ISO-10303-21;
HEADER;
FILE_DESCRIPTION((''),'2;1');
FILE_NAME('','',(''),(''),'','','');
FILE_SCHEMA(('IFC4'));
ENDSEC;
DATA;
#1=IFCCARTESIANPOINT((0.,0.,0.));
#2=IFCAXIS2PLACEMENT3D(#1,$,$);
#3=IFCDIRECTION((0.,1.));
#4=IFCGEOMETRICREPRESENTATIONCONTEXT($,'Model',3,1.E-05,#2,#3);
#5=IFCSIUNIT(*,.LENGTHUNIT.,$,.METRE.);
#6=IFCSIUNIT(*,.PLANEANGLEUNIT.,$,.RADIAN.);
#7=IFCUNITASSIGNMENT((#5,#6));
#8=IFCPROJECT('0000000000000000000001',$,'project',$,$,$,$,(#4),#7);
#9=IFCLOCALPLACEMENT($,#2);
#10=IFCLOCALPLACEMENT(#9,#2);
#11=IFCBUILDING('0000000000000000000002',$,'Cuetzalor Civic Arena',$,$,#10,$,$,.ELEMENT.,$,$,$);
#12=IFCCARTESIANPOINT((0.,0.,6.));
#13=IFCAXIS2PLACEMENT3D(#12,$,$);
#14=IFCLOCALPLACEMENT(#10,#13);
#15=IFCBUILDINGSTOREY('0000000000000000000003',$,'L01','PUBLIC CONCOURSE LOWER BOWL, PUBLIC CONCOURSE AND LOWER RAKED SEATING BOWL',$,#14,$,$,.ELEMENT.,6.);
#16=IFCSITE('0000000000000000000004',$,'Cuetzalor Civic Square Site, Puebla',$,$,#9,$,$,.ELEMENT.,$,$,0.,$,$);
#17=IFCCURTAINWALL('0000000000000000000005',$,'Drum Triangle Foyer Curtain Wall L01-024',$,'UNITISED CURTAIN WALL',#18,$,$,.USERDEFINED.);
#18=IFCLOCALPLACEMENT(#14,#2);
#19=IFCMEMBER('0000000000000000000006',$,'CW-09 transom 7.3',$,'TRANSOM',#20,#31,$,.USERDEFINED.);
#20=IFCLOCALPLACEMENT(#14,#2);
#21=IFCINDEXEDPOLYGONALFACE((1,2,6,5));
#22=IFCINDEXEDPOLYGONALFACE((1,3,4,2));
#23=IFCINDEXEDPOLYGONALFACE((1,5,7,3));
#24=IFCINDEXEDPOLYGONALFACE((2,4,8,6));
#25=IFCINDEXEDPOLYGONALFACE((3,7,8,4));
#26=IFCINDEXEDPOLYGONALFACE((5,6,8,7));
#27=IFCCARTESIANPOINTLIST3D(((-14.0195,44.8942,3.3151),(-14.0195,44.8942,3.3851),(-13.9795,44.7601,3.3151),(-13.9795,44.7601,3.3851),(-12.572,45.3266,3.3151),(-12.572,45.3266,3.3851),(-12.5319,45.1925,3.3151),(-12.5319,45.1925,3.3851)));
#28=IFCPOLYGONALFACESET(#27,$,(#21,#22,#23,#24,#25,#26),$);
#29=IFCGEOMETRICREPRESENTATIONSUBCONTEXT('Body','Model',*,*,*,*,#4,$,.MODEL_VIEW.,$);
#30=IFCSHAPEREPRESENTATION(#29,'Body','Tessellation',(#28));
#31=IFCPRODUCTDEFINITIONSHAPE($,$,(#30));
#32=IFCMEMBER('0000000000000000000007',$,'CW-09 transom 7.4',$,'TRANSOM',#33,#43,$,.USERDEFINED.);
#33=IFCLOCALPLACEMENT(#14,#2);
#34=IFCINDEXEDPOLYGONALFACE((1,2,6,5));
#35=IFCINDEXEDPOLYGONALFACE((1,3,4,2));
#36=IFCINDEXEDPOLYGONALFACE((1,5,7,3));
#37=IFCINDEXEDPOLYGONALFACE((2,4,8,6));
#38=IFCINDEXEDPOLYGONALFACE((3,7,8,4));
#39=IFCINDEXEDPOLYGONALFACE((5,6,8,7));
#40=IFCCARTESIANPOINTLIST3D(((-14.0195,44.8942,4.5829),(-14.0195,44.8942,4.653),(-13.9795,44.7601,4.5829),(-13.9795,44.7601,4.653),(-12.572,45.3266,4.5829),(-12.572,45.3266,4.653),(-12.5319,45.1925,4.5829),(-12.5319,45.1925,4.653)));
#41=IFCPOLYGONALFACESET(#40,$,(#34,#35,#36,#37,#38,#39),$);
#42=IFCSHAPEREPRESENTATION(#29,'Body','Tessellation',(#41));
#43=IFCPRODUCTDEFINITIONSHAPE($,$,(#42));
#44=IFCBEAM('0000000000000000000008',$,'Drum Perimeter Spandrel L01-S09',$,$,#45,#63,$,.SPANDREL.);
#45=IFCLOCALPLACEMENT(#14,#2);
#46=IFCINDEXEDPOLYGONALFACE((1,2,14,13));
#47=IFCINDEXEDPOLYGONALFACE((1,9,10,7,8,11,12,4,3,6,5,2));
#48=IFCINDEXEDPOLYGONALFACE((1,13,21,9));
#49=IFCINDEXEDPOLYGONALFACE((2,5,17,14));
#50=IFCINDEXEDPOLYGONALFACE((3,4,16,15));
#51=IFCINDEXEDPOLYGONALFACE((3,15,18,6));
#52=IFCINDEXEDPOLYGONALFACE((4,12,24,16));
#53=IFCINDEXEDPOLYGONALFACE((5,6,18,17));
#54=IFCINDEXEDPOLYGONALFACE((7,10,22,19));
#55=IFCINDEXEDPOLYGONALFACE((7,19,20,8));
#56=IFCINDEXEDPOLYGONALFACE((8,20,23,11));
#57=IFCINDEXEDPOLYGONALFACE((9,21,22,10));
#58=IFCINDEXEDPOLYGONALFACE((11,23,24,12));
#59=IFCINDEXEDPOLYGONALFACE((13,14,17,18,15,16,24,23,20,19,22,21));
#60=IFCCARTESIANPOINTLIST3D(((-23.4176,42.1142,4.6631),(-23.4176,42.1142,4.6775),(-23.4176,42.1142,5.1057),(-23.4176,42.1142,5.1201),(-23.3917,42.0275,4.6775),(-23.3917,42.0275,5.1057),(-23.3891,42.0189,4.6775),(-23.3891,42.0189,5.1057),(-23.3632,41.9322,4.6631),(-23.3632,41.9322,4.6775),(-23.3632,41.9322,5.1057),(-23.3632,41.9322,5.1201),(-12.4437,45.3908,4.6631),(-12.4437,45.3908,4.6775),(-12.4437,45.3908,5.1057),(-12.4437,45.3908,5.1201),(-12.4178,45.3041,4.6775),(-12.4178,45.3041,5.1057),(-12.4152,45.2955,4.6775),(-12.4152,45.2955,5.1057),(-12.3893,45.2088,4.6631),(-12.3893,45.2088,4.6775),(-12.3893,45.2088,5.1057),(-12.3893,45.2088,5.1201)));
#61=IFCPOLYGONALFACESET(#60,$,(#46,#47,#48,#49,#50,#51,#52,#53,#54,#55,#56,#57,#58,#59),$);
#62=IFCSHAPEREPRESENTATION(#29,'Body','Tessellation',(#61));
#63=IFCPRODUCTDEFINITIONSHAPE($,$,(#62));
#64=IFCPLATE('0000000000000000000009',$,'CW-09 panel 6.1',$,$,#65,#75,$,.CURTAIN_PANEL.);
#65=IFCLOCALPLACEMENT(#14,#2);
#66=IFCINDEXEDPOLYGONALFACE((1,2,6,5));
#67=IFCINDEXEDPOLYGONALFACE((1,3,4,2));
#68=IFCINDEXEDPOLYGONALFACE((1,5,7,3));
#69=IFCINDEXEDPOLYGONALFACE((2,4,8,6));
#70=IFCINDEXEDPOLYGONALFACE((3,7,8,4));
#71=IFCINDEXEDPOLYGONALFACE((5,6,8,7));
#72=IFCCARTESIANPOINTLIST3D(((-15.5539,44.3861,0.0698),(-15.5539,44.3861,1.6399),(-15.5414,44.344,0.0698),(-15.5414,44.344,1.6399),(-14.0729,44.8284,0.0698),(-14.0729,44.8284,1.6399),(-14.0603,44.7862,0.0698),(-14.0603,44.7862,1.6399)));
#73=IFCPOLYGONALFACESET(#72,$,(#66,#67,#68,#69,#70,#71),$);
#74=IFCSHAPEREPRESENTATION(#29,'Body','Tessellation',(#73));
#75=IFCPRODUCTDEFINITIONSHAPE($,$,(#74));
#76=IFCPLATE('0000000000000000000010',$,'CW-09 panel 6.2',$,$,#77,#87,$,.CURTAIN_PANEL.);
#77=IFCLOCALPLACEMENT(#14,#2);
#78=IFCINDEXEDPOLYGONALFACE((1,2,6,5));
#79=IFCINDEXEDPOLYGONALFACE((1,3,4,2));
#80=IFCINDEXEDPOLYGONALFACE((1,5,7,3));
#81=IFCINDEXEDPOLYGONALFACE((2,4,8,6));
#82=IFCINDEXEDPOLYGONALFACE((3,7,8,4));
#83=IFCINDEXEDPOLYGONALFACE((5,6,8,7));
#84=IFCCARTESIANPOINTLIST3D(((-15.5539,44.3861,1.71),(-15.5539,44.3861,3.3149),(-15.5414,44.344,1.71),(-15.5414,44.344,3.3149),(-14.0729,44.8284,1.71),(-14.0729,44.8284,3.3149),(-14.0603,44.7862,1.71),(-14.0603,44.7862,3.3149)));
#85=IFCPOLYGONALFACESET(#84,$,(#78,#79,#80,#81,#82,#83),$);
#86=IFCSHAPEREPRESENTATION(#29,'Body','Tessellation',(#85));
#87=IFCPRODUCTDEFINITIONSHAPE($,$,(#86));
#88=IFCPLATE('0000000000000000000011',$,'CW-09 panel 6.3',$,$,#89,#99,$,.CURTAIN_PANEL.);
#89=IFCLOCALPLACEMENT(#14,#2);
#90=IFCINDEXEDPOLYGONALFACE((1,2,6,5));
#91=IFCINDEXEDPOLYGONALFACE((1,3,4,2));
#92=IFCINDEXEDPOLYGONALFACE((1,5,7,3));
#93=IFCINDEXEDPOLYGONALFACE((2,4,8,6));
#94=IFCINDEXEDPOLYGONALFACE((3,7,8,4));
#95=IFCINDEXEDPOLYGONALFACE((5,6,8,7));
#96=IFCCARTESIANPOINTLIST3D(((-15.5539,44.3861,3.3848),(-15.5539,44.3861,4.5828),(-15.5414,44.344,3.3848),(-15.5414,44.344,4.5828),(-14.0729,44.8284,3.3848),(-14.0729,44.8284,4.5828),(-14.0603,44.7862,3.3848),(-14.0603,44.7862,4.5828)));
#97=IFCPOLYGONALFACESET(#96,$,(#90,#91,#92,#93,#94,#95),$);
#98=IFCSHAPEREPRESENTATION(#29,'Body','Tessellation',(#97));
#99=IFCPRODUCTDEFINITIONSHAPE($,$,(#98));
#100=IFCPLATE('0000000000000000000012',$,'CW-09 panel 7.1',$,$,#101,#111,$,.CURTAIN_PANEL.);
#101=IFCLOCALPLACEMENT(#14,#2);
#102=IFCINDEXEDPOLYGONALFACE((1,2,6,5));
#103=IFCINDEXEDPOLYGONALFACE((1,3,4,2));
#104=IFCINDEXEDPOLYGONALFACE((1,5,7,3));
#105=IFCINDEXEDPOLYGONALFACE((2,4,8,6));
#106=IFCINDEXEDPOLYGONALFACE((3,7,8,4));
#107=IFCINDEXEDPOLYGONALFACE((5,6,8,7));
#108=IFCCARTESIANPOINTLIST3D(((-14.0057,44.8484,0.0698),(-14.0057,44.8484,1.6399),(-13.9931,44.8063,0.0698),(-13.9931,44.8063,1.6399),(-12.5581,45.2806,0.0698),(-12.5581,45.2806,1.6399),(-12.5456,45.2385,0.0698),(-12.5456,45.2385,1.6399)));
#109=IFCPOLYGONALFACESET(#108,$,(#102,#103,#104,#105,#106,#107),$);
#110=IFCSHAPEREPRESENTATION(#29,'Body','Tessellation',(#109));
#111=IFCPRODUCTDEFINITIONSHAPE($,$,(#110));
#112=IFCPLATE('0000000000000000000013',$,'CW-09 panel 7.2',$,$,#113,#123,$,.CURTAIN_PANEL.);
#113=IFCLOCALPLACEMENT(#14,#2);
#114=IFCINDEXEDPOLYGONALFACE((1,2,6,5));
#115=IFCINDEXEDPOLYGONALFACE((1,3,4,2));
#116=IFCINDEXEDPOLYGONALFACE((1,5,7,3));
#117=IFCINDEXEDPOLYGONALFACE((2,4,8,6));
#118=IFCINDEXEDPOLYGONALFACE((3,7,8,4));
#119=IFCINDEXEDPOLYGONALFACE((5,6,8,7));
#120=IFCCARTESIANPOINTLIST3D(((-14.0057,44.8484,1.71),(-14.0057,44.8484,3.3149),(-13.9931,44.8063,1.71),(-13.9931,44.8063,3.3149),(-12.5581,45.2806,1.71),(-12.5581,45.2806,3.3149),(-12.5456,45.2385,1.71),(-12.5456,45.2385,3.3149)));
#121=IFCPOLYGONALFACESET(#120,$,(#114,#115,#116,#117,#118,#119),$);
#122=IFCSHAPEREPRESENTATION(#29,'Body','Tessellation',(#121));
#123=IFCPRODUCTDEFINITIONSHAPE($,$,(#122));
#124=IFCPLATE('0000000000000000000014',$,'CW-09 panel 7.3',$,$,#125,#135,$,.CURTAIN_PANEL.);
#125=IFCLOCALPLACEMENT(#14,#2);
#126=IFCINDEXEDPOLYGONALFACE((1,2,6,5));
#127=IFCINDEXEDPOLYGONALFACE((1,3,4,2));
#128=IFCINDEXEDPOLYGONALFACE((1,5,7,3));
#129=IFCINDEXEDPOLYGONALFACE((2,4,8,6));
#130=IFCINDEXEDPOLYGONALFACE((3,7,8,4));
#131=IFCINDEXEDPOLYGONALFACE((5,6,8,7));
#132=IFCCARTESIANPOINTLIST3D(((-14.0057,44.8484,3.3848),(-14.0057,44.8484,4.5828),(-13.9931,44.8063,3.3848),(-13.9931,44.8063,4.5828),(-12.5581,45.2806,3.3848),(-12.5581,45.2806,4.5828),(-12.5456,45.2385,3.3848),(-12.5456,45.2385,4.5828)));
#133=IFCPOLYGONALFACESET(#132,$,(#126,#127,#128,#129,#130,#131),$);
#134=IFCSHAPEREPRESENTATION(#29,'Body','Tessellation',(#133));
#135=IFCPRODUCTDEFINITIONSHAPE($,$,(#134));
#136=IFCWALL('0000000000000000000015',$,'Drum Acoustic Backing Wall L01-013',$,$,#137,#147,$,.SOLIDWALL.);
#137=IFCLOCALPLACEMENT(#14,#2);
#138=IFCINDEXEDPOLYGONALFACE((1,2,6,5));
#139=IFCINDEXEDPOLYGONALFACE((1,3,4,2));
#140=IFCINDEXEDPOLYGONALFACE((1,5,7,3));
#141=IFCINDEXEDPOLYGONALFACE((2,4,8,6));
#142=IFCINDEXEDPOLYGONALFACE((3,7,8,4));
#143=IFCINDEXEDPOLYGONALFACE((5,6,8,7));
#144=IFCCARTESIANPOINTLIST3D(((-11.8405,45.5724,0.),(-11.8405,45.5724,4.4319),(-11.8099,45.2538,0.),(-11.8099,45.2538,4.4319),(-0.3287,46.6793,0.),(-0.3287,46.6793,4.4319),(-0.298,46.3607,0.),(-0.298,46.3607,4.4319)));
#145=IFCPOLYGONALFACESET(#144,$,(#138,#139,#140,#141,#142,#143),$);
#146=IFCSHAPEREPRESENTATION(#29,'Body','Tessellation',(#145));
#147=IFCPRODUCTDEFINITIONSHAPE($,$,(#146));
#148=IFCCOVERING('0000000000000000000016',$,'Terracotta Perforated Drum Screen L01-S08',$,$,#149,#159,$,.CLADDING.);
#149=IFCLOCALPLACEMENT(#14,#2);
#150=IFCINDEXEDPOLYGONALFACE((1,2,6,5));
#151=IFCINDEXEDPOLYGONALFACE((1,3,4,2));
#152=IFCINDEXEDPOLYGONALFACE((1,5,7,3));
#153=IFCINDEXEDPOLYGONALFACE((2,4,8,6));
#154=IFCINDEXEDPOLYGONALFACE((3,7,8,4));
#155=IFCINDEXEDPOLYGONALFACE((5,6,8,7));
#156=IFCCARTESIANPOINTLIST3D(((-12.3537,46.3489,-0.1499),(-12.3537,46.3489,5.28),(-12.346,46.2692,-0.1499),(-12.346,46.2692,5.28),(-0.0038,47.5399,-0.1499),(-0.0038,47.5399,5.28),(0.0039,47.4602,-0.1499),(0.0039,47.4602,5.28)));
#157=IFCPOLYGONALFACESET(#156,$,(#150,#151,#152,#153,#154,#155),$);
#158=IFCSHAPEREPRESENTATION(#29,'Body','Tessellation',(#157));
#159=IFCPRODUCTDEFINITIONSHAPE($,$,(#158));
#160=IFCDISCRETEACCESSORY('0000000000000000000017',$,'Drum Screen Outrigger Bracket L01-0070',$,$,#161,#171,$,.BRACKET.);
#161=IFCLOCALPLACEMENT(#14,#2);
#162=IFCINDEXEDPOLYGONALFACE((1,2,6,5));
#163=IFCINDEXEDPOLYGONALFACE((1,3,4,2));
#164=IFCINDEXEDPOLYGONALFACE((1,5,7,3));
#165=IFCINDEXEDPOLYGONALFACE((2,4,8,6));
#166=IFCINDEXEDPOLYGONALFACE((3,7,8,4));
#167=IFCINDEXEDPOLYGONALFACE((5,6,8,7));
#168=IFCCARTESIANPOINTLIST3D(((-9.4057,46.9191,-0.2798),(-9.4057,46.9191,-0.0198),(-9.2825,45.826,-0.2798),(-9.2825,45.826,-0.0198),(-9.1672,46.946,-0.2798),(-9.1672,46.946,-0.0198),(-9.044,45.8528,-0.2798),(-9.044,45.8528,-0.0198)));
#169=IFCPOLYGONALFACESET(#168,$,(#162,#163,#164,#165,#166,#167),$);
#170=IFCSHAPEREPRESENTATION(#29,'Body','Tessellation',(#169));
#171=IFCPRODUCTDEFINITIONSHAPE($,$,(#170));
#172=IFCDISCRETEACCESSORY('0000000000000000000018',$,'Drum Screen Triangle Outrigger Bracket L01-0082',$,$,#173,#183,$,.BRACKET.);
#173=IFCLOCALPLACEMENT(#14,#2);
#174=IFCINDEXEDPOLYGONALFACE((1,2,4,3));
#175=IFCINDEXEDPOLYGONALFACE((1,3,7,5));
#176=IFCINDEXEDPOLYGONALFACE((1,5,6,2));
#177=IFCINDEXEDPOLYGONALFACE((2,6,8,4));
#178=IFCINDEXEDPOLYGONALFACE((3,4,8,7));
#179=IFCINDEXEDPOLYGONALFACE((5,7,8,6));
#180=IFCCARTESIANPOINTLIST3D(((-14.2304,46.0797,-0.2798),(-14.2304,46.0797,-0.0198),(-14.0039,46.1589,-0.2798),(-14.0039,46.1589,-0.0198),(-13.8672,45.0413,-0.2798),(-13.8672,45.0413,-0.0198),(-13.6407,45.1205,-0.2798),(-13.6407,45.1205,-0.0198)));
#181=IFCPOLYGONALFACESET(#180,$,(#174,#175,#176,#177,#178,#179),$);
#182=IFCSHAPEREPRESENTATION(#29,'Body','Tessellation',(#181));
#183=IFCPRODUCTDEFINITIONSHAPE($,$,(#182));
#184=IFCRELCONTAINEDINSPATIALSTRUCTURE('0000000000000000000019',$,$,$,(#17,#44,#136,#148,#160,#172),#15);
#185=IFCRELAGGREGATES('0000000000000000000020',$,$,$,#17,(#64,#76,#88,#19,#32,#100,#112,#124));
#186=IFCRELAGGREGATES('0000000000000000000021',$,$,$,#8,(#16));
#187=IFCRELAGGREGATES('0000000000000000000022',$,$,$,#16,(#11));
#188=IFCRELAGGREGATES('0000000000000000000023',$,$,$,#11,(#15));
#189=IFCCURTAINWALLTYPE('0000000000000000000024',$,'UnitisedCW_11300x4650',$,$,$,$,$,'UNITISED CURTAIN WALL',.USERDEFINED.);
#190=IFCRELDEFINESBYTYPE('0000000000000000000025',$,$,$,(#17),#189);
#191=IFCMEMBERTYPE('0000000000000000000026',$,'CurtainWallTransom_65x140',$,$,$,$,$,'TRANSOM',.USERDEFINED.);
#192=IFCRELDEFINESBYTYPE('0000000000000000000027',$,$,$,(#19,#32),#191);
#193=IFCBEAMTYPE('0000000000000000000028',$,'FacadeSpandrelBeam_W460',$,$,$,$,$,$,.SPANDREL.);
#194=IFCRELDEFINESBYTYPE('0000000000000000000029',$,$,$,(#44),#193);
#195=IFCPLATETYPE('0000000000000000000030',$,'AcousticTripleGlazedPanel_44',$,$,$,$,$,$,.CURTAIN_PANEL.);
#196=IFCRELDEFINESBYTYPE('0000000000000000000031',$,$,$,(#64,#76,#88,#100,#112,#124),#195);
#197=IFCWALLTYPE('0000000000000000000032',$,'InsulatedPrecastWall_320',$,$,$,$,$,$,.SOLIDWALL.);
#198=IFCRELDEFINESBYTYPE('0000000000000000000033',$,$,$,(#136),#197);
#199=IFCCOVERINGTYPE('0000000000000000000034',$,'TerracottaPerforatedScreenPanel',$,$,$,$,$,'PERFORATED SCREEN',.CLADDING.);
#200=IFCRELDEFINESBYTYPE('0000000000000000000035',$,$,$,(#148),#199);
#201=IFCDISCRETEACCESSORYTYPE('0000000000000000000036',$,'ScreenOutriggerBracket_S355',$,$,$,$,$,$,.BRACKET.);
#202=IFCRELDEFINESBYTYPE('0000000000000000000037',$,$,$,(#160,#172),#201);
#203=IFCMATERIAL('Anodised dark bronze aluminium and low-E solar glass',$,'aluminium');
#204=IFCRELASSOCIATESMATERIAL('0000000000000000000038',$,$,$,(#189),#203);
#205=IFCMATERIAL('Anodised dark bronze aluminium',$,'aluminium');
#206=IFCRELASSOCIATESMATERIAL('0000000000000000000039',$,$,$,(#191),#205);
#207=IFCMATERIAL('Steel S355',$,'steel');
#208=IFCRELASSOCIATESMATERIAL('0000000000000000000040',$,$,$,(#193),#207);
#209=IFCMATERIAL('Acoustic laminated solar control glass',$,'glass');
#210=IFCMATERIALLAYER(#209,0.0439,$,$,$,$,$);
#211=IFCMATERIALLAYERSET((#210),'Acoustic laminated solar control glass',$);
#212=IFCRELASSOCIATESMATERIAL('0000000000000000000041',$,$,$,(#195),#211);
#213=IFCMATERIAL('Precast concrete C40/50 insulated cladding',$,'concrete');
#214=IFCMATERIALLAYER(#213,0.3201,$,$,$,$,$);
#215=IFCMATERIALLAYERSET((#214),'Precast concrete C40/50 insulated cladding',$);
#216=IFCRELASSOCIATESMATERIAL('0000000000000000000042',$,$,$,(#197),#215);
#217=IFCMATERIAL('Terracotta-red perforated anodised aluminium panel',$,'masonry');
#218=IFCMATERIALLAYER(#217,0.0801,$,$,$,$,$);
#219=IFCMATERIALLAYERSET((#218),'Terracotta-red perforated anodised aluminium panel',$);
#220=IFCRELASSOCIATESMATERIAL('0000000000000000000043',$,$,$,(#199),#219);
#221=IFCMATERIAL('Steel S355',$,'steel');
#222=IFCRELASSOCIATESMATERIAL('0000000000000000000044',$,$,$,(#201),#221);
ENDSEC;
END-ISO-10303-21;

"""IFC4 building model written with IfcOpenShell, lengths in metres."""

from ifc_helpers import new_model, si_unit, direction, frame, frame_2d, origin, origin_2d, place, context, subcontext, project, spatial, rectangle, i_section, extrude, material, layer, layer_set, material_profile, profile_set, type_object, element, aggregate, save


model = new_model("IFC4")

# Units and contexts
model_context = context("Model", 3, precision=1e-05, world=origin(), true_north=direction((0.0, 1.0)))
body_context = subcontext(model_context, "Body", "Model", "MODEL_VIEW")
ifc_project = project(units=[si_unit("LENGTHUNIT", "METRE"), si_unit("PLANEANGLEUNIT", "RADIAN")], contexts=[model_context])

# Site, building, storey
site_placement = place(None, origin())
site = spatial("IfcSite", under=ifc_project, at=site_placement, Name="Cuetzalor Civic Square Site, Puebla", CompositionType="ELEMENT", RefElevation=0.0)
building_placement = place(site_placement, origin())
building = spatial("IfcBuilding", under=site, at=building_placement, Name="Cuetzalor Civic Arena", CompositionType="ELEMENT")
storey_placement = place(building_placement, frame((0.0, 0.0, 6.0)))
storey = spatial("IfcBuildingStorey", under=building, at=storey_placement, Name="L01", Description="PUBLIC CONCOURSE LOWER BOWL, PUBLIC CONCOURSE AND LOWER RAKED SEATING BOWL", CompositionType="ELEMENT", Elevation=6.0)

# Curtain wall, members
ifc_material_1 = material(Name="Anodised dark bronze aluminium and low-E solar glass", Category="aluminium")
curtain_wall_type = type_object("IfcCurtainWallType", Name="UnitisedCW_11300x4650", ElementType="UNITISED CURTAIN WALL", PredefinedType="USERDEFINED", material=ifc_material_1)
curtain_wall_placement = place(storey_placement, origin())
curtain_wall = element("IfcCurtainWall", 1, at=curtain_wall_placement, inside=storey, type_object=curtain_wall_type, Name="Drum Triangle Foyer Curtain Wall L01-024", ObjectType="UNITISED CURTAIN WALL", PredefinedType="USERDEFINED")
ifc_material_2 = material(Name="Anodised dark bronze aluminium", Category="aluminium")
ifc_material_profile_1 = material_profile(ifc_material_2, rectangle(XDim=0.1399, YDim=0.0701, at=origin_2d()), Name="ALU TRANSOM 70x140")
ifc_profile_set_1 = profile_set([ifc_material_profile_1], Name="Anodised dark bronze aluminium")
member_type_1 = type_object("IfcMemberType", Name="CurtainWallTransom_65x140", ElementType="TRANSOM", PredefinedType="USERDEFINED", material=ifc_profile_set_1)
member_1_placement = place(storey_placement, frame((-13.9995, 44.8271, 3.3501), z_axis=(0.958168, 0.286206, 0.0), x_axis=(-0.286206, 0.958168, 0.0)))
member_1 = element("IfcMember", 2, at=member_1_placement, type_object=member_type_1, Name="CW-09 transom 7.3", ObjectType="TRANSOM", PredefinedType="USERDEFINED", context=body_context, shape_type="SweptSolid", body=[
    extrude(rectangle(XDim=0.1399, YDim=0.0701, at=origin_2d()), origin(), (0.0, 0.0, 1.0), 1.5107),
])
member_2_placement = place(storey_placement, frame((-13.9995, 44.8271, 4.6179), z_axis=(0.958168, 0.286206, 0.0), x_axis=(-0.286206, 0.958168, 0.0)))
member_2 = element("IfcMember", 3, at=member_2_placement, type_object=member_type_1, Name="CW-09 transom 7.4", ObjectType="TRANSOM", PredefinedType="USERDEFINED", context=body_context, shape_type="SweptSolid", body=[
    extrude(rectangle(XDim=0.1399, YDim=0.0701, at=origin_2d()), origin(), (0.0, 0.0, 1.0), 1.5107),
])

# Beam
ifc_material_3 = material(Name="Steel S355", Category="steel")
ifc_material_profile_2 = material_profile(ifc_material_3, i_section(OverallWidth=0.1899, OverallDepth=0.457, WebThickness=0.009, FlangeThickness=0.0144, at=origin_2d()), Name="W460x74")
ifc_profile_set_2 = profile_set([ifc_material_profile_2], Name="Steel S355")
beam_type = type_object("IfcBeamType", Name="FacadeSpandrelBeam_W460", PredefinedType="SPANDREL", material=ifc_profile_set_2)
beam_placement = place(storey_placement, frame((-12.4165, 45.2998, 4.8916), z_axis=(-0.958199, -0.286102, 0.0), x_axis=(0.286102, -0.958199, 0.0)))
element("IfcBeam", 4, at=beam_placement, inside=storey, type_object=beam_type, Name="Drum Perimeter Spandrel L01-S09", PredefinedType="SPANDREL", context=body_context, shape_type="SweptSolid", body=[
    extrude(i_section(OverallWidth=0.1899, OverallDepth=0.457, WebThickness=0.009, FlangeThickness=0.0144, at=origin_2d()), origin(), (0.0, 0.0, 1.0), 11.4526),
])

# Plates
ifc_material_4 = material(Name="Acoustic laminated solar control glass", Category="glass")
ifc_layer_1 = layer(ifc_material_4, 0.0439)
ifc_layer_set_1 = layer_set([ifc_layer_1], Name="Acoustic laminated solar control glass")
plate_type = type_object("IfcPlateType", Name="AcousticTripleGlazedPanel_44", PredefinedType="CURTAIN_PANEL", material=ifc_layer_set_1)
plate_1_placement = place(storey_placement, frame((-14.8071, 44.5862, 0.0698), z_axis=(0.0, 0.0, 1.0), x_axis=(0.958194, 0.28612, 0.0)))
plate_1 = element("IfcPlate", 5, at=plate_1_placement, type_object=plate_type, Name="CW-09 panel 6.1", PredefinedType="CURTAIN_PANEL", context=body_context, shape_type="SweptSolid", body=[
    extrude(rectangle(XDim=1.5457, YDim=0.0439, at=origin_2d()), origin(), (0.0, 0.0, 1.0), 1.5701),
])
plate_2_placement = place(storey_placement, frame((-14.8071, 44.5862, 1.71), z_axis=(0.0, 0.0, 1.0), x_axis=(0.958194, 0.28612, 0.0)))
plate_2 = element("IfcPlate", 6, at=plate_2_placement, type_object=plate_type, Name="CW-09 panel 6.2", PredefinedType="CURTAIN_PANEL", context=body_context, shape_type="SweptSolid", body=[
    extrude(rectangle(XDim=1.5457, YDim=0.0439, at=origin_2d()), origin(), (0.0, 0.0, 1.0), 1.605),
])
plate_3_placement = place(storey_placement, frame((-14.8071, 44.5862, 3.3848), z_axis=(0.0, 0.0, 1.0), x_axis=(0.958194, 0.28612, 0.0)))
plate_3 = element("IfcPlate", 7, at=plate_3_placement, type_object=plate_type, Name="CW-09 panel 6.3", PredefinedType="CURTAIN_PANEL", context=body_context, shape_type="SweptSolid", body=[
    extrude(rectangle(XDim=1.5457, YDim=0.0439, at=origin_2d()), origin(), (0.0, 0.0, 1.0), 1.198),
])
plate_4_placement = place(storey_placement, frame((-13.2756, 45.0435, 0.0698), z_axis=(0.0, 0.0, 1.0), x_axis=(0.958194, 0.28612, 0.0)))
plate_4 = element("IfcPlate", 8, at=plate_4_placement, type_object=plate_type, Name="CW-09 panel 7.1", PredefinedType="CURTAIN_PANEL", context=body_context, shape_type="SweptSolid", body=[
    extrude(rectangle(XDim=1.5107, YDim=0.0439, at=origin_2d()), origin(), (0.0, 0.0, 1.0), 1.5701),
])
plate_5_placement = place(storey_placement, frame((-13.2756, 45.0435, 1.71), z_axis=(0.0, 0.0, 1.0), x_axis=(0.958194, 0.28612, 0.0)))
plate_5 = element("IfcPlate", 9, at=plate_5_placement, type_object=plate_type, Name="CW-09 panel 7.2", PredefinedType="CURTAIN_PANEL", context=body_context, shape_type="SweptSolid", body=[
    extrude(rectangle(XDim=1.5107, YDim=0.0439, at=origin_2d()), origin(), (0.0, 0.0, 1.0), 1.605),
])
plate_6_placement = place(storey_placement, frame((-13.2756, 45.0435, 3.3848), z_axis=(0.0, 0.0, 1.0), x_axis=(0.958194, 0.28612, 0.0)))
plate_6 = element("IfcPlate", 10, at=plate_6_placement, type_object=plate_type, Name="CW-09 panel 7.3", PredefinedType="CURTAIN_PANEL", context=body_context, shape_type="SweptSolid", body=[
    extrude(rectangle(XDim=1.5107, YDim=0.0439, at=origin_2d()), origin(), (0.0, 0.0, 1.0), 1.198),
])
aggregate(curtain_wall, [plate_1, plate_2, plate_3, member_1, member_2, plate_4, plate_5, plate_6])

# Wall
ifc_material_5 = material(Name="Precast concrete C40/50 insulated cladding", Category="concrete")
ifc_layer_2 = layer(ifc_material_5, 0.3201)
ifc_layer_set_2 = layer_set([ifc_layer_2], Name="Precast concrete C40/50 insulated cladding")
wall_type = type_object("IfcWallType", Name="InsulatedPrecastWall_320", PredefinedType="SOLIDWALL", material=ifc_layer_set_2)
wall_placement = place(storey_placement, frame((-11.8252, 45.4131, 0.0), z_axis=(0.0, 0.0, 1.0), x_axis=(0.995409, 0.095714, 0.0)))
element("IfcWall", 11, at=wall_placement, inside=storey, type_object=wall_type, Name="Drum Acoustic Backing Wall L01-013", PredefinedType="SOLIDWALL", context=body_context, shape_type="SweptSolid", body=[
    extrude(rectangle(XDim=11.5649, YDim=0.3201, at=frame_2d((5.7825, 0.0))), origin(), (0.0, 0.0, 1.0), 4.4319),
])

# Covering
ifc_material_6 = material(Name="Terracotta-red perforated anodised aluminium panel", Category="masonry")
ifc_layer_3 = layer(ifc_material_6, 0.0801)
ifc_layer_set_3 = layer_set([ifc_layer_3], Name="Terracotta-red perforated anodised aluminium panel")
covering_type = type_object("IfcCoveringType", Name="TerracottaPerforatedScreenPanel", ElementType="PERFORATED SCREEN", PredefinedType="CLADDING", material=ifc_layer_set_3)
covering_placement = place(storey_placement, frame((-12.3499, 46.3091, -0.1499), z_axis=(0.0, 0.0, 1.0), x_axis=(0.995383, 0.095986, 0.0)))
element("IfcCovering", 12, at=covering_placement, inside=storey, type_object=covering_type, Name="Terracotta Perforated Drum Screen L01-S08", PredefinedType="CLADDING", context=body_context, shape_type="SweptSolid", body=[
    extrude(rectangle(XDim=12.4072, YDim=0.0801, at=frame_2d((6.2036, 0.0))), origin(), (0.0, 0.0, 1.0), 5.4299),
])

# Discrete accessories
ifc_material_7 = material(Name="Steel S355", Category="steel")
discrete_accessory_type = type_object("IfcDiscreteAccessoryType", Name="ScreenOutriggerBracket_S355", PredefinedType="BRACKET", material=ifc_material_7)
for number, where, z_axis, x_axis, name in (
    (13, (-9.2249, 46.386, -0.2798), (0.0, 0.0, 1.0), (-0.111989, 0.993709, 0.0), "Drum Screen Outrigger Bracket L01-0070"),
    (14, (-13.9355, 45.6001, -0.2798), (0.0, 0.0, 1.0), (-0.330185, 0.943916, 0.0), "Drum Screen Triangle Outrigger Bracket L01-0082"),
):
    element("IfcDiscreteAccessory", number, at=place(storey_placement, frame(where, z_axis=z_axis, x_axis=x_axis)), inside=storey, type_object=discrete_accessory_type, Name=name, PredefinedType="BRACKET", context=body_context, shape_type="SweptSolid", body=[
        extrude(rectangle(XDim=1.1001, YDim=0.24, at=origin_2d()), origin(), (0.0, 0.0, 1.0), 0.26),
    ])

save(model, "model.ifc")
